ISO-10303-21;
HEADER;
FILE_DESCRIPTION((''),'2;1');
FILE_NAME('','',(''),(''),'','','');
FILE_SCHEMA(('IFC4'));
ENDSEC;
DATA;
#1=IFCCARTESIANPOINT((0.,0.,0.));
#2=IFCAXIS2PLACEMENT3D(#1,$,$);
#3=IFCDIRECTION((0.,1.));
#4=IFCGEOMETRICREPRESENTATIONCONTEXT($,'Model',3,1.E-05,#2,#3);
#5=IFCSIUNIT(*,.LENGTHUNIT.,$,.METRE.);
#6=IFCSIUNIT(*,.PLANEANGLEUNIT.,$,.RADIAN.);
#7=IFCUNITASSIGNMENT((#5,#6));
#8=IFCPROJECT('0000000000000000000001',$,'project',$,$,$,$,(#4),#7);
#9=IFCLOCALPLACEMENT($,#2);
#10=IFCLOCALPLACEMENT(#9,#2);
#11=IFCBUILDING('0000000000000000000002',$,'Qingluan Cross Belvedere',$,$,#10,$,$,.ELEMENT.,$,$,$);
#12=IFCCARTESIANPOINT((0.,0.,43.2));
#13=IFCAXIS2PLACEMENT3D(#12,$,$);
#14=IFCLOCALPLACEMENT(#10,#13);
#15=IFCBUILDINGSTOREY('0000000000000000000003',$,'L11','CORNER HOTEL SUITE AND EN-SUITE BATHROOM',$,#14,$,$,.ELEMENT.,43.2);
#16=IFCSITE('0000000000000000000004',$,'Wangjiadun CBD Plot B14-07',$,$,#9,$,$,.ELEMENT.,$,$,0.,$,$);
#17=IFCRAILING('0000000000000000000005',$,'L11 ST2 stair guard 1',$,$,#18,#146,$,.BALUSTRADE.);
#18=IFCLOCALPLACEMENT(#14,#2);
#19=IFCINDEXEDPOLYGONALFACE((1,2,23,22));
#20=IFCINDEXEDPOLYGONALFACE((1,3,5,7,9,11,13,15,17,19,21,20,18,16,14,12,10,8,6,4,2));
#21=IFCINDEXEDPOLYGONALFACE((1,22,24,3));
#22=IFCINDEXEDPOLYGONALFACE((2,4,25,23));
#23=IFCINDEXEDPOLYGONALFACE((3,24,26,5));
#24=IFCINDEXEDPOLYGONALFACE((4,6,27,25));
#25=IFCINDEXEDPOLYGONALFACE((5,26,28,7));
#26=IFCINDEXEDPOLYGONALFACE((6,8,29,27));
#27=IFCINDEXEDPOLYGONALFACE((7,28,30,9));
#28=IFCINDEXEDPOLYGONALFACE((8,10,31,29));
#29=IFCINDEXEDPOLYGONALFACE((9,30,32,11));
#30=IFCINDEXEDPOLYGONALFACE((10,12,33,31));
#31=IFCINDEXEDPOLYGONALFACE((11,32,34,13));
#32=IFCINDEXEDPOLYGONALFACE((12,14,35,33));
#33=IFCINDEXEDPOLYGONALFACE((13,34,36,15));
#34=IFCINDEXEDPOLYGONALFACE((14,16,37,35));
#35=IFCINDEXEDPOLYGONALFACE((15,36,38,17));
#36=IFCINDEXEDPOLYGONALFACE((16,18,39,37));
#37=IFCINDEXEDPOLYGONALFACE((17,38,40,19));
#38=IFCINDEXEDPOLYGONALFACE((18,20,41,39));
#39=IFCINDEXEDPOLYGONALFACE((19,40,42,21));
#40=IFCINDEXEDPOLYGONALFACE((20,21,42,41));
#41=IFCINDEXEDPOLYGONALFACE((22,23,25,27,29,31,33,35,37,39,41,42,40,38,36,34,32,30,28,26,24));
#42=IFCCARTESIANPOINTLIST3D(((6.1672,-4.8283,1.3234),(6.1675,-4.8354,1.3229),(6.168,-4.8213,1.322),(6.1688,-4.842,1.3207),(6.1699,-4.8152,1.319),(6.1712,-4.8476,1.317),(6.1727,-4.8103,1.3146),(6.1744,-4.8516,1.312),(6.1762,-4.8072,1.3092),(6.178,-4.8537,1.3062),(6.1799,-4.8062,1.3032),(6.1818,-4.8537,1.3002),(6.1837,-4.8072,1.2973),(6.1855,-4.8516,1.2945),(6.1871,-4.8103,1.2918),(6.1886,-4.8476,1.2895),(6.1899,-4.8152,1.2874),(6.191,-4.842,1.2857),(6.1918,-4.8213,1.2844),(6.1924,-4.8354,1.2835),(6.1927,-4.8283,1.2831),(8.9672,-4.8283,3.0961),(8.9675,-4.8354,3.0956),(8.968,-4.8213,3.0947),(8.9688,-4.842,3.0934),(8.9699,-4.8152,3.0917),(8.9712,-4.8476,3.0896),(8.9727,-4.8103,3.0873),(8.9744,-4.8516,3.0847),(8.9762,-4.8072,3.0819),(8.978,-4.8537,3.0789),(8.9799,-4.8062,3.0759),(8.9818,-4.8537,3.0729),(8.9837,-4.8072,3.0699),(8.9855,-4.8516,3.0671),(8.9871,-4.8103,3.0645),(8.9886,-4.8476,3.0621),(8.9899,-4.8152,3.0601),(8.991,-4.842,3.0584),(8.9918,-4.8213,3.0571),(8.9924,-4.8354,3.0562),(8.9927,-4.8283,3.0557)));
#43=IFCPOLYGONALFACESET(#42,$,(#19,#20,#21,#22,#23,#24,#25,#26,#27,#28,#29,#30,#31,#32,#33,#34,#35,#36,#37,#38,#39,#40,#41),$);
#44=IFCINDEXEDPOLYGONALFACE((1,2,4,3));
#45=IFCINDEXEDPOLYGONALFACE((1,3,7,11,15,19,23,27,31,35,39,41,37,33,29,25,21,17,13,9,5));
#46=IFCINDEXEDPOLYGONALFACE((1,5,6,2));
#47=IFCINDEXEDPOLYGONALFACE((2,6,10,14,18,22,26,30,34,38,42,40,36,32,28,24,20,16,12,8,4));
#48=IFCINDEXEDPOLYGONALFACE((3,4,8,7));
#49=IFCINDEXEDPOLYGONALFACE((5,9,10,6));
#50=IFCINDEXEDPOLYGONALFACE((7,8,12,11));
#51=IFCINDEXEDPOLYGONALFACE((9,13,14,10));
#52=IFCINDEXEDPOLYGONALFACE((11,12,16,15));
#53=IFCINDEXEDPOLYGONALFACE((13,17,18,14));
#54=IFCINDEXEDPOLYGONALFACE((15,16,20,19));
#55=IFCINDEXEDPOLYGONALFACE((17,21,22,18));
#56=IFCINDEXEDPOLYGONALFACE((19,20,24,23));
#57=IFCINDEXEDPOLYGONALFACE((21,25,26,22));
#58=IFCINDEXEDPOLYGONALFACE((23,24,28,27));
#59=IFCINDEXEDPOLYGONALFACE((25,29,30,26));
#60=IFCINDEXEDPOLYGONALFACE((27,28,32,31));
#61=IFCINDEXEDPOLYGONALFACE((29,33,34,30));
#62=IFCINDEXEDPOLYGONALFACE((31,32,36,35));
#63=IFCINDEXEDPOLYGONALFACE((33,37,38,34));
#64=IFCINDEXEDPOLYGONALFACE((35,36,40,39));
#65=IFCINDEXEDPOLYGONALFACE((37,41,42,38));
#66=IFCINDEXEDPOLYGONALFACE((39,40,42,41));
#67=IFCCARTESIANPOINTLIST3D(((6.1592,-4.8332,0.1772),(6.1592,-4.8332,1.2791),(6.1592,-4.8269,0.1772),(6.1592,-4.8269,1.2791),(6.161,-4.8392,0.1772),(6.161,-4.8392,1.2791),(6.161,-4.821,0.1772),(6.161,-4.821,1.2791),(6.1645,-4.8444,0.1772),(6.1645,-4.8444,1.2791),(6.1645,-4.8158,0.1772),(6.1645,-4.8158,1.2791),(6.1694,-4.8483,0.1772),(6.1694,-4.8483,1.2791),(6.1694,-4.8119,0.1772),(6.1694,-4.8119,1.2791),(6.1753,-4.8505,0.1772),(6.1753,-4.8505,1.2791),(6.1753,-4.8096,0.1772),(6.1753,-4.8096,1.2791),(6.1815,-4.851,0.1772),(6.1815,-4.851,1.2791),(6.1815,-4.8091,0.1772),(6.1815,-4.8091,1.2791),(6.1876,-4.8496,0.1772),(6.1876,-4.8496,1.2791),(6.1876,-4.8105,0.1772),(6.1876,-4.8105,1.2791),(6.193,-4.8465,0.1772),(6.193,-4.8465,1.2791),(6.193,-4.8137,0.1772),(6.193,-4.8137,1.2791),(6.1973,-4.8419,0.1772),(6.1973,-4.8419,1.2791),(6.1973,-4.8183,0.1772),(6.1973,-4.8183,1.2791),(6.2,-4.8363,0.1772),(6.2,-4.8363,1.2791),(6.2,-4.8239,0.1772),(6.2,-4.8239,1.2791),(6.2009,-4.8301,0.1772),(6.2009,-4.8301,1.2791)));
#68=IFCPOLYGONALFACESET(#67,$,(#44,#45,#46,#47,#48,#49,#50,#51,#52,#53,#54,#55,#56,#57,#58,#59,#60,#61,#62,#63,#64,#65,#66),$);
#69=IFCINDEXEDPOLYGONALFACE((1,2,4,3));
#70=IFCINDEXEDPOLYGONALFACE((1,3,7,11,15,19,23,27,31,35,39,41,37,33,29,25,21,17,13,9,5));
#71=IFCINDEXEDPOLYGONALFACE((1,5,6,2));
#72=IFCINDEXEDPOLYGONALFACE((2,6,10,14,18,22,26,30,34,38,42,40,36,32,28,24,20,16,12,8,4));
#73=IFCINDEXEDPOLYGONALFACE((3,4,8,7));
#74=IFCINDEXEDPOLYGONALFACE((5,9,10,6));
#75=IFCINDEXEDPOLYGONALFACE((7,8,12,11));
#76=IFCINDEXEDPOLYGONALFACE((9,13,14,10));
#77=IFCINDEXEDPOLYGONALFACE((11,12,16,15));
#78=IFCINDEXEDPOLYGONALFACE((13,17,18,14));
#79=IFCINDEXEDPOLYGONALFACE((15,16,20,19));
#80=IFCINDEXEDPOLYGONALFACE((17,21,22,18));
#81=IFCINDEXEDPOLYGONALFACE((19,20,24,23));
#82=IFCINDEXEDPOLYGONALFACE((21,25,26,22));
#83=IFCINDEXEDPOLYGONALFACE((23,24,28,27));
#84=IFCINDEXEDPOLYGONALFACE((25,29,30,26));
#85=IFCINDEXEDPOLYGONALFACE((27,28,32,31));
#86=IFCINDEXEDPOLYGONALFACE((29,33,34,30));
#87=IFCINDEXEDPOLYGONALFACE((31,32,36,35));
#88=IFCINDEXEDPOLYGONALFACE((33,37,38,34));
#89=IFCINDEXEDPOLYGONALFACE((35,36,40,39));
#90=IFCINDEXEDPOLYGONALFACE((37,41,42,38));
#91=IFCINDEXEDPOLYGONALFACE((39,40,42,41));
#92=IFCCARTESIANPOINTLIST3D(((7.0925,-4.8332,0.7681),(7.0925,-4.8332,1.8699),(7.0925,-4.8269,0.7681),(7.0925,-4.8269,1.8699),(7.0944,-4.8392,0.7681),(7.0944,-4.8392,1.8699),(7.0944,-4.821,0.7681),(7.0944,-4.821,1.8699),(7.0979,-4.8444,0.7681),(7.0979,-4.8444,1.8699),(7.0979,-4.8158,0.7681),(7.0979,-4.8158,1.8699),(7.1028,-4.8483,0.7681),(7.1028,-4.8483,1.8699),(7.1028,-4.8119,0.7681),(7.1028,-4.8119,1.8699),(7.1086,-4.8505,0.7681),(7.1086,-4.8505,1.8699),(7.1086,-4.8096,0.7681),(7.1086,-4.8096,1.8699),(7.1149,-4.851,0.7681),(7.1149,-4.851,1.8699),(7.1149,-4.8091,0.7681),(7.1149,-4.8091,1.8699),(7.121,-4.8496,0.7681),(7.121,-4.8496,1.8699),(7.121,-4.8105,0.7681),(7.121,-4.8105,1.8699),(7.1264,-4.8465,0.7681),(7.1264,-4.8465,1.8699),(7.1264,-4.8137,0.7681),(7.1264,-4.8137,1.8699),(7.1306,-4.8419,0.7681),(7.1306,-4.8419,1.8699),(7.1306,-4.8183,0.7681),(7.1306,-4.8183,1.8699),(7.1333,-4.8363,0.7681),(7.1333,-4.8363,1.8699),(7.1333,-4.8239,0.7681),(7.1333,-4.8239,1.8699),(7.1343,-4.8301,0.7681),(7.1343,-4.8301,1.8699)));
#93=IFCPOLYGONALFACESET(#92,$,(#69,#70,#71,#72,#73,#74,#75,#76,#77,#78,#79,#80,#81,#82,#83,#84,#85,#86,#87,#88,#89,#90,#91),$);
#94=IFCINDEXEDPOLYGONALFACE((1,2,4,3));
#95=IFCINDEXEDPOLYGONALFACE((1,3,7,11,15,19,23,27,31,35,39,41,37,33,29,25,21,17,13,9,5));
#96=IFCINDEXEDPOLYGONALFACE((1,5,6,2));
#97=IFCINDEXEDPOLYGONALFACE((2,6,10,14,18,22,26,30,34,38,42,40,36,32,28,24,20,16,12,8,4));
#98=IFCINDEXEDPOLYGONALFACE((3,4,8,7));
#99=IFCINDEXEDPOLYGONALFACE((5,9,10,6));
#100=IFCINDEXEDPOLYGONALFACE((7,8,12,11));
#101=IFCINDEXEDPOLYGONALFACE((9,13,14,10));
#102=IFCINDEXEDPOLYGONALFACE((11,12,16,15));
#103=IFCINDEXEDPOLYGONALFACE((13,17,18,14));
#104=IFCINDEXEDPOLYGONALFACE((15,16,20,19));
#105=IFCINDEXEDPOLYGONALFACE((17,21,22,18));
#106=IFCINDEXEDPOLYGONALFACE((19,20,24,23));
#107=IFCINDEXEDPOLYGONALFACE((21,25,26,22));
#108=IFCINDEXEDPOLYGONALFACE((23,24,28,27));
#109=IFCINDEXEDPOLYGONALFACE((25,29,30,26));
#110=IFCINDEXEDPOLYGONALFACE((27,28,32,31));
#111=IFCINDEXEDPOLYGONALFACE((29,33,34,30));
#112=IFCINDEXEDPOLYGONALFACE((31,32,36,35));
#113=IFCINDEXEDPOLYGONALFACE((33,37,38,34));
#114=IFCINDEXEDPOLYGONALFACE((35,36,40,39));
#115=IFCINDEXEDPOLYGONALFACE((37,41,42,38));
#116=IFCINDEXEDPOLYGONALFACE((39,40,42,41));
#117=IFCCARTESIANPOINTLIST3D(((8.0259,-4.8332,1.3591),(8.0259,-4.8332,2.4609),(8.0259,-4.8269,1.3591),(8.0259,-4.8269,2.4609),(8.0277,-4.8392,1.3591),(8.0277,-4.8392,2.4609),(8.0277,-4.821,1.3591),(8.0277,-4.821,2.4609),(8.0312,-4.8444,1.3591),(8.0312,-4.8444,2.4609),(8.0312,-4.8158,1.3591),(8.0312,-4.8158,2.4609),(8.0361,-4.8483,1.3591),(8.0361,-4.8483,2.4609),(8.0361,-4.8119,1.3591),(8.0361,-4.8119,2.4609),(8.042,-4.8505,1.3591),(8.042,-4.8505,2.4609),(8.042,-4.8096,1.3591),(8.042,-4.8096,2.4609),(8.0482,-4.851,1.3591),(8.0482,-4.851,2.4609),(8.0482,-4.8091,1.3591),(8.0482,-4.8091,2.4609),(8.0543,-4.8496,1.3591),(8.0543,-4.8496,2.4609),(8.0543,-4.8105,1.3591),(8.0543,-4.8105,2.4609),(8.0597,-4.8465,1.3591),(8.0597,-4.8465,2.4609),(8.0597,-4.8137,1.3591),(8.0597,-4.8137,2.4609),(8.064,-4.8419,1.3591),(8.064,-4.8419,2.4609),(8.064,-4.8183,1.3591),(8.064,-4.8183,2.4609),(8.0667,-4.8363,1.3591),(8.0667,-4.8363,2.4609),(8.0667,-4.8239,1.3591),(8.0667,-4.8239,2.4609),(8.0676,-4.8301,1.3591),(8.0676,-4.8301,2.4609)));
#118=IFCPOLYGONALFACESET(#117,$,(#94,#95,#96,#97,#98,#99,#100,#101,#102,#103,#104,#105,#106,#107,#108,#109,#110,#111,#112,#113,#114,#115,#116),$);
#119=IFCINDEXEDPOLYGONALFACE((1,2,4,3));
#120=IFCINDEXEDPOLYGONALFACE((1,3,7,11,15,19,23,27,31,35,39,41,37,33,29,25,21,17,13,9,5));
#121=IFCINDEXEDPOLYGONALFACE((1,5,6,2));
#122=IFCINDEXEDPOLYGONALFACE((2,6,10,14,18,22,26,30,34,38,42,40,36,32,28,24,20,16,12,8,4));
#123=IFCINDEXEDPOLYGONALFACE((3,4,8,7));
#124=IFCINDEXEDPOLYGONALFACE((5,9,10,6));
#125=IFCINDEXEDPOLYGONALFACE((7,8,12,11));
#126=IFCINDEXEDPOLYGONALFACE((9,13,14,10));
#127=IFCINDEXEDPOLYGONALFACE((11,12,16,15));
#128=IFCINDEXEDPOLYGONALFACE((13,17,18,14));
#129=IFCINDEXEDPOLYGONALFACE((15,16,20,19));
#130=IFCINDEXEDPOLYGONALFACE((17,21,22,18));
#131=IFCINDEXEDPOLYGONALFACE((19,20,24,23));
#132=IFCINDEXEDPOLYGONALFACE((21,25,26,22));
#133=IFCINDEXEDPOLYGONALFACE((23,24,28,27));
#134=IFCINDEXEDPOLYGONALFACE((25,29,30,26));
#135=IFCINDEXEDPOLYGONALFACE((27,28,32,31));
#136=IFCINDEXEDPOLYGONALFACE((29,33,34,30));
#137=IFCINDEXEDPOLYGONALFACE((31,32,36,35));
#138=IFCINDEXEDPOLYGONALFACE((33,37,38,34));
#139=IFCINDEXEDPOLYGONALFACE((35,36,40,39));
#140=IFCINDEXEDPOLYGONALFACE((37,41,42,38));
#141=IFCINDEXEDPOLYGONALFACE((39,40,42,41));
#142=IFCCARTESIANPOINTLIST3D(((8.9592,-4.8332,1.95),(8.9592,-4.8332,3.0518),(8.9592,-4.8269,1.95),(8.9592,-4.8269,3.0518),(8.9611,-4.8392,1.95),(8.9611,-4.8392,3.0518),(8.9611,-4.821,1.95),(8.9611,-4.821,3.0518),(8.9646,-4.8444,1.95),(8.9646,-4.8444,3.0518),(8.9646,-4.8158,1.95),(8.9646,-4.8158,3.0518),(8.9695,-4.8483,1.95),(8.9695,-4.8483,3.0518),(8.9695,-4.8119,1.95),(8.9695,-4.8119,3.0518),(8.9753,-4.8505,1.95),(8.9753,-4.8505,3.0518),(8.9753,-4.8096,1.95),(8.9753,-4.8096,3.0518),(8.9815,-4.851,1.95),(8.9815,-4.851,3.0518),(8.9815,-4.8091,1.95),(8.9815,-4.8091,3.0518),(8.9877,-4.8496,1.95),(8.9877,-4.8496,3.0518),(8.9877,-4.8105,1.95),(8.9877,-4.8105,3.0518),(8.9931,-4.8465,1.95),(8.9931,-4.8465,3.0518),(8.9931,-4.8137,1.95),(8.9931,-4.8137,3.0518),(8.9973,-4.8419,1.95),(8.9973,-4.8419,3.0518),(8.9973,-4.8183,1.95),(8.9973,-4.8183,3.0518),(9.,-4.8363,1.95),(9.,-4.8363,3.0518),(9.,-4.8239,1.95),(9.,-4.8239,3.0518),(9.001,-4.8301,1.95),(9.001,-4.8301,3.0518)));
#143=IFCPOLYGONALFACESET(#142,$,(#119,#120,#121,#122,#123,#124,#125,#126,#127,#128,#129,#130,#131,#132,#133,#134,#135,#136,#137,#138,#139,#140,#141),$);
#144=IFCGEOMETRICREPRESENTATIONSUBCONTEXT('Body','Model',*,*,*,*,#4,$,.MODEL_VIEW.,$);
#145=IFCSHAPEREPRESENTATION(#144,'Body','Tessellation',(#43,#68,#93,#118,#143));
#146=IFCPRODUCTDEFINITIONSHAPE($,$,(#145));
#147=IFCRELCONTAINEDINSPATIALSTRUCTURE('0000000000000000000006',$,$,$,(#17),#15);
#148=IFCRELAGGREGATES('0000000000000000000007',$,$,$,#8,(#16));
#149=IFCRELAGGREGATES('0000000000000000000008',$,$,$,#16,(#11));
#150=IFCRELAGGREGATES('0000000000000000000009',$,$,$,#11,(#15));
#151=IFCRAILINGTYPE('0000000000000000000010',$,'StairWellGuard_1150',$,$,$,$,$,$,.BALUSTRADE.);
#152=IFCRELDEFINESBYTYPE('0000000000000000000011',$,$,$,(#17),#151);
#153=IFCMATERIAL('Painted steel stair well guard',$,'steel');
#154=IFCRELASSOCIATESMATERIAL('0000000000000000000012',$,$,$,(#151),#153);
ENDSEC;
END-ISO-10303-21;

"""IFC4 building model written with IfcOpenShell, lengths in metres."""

from ifc_helpers import new_model, si_unit, direction, frame, origin, origin_2d, place, context, subcontext, project, spatial, circle, extrude, material, type_object, element, save


model = new_model("IFC4")

# Units and contexts
model_context = context("Model", 3, precision=1e-05, world=origin(), true_north=direction((0.0, 1.0)))
body_context = subcontext(model_context, "Body", "Model", "MODEL_VIEW")
ifc_project = project(units=[si_unit("LENGTHUNIT", "METRE"), si_unit("PLANEANGLEUNIT", "RADIAN")], contexts=[model_context])

# Site, building, storey
site_placement = place(None, origin())
site = spatial("IfcSite", under=ifc_project, at=site_placement, Name="Wangjiadun CBD Plot B14-07", CompositionType="ELEMENT", RefElevation=0.0)
building_placement = place(site_placement, origin())
building = spatial("IfcBuilding", under=site, at=building_placement, Name="Qingluan Cross Belvedere", CompositionType="ELEMENT")
storey_placement = place(building_placement, frame((0.0, 0.0, 43.2)))
storey = spatial("IfcBuildingStorey", under=building, at=storey_placement, Name="L11", Description="CORNER HOTEL SUITE AND EN-SUITE BATHROOM", CompositionType="ELEMENT", Elevation=43.2)

# Railing
ifc_material_1 = material(Name="Painted steel stair well guard", Category="steel")
railing_type_1 = type_object("IfcRailingType", Name="StairWellGuard_1150", PredefinedType="BALUSTRADE", material=ifc_material_1)
railing_1_placement = place(storey_placement, frame((6.1799, -4.8301, 0.1772)))
element("IfcRailing", 1, at=railing_1_placement, inside=storey, type_object=railing_type_1, Name="L11 ST2 stair guard 1", PredefinedType="BALUSTRADE", context=body_context, shape_type="SweptSolid", body=[
    extrude(circle(Radius=0.0239, at=origin_2d()), frame((0.0, 0.0, 1.126), z_axis=(0.844909, 0.0, 0.53491), x_axis=(0.0, 1.0, 0.0)), (0.0, 0.0, 1.0), 3.314),
    extrude(circle(Radius=0.021, at=origin_2d()), origin(), (0.0, 0.0, 1.0), 1.1018),
    extrude(circle(Radius=0.021, at=origin_2d()), frame((0.9333, 0.0, 0.5908)), (0.0, 0.0, 1.0), 1.1018),
    extrude(circle(Radius=0.021, at=origin_2d()), frame((1.8667, 0.0, 1.1819)), (0.0, 0.0, 1.0), 1.1018),
    extrude(circle(Radius=0.021, at=origin_2d()), frame((2.8, 0.0, 1.7727)), (0.0, 0.0, 1.0), 1.1018),
])

save(model, "model.ifc")
